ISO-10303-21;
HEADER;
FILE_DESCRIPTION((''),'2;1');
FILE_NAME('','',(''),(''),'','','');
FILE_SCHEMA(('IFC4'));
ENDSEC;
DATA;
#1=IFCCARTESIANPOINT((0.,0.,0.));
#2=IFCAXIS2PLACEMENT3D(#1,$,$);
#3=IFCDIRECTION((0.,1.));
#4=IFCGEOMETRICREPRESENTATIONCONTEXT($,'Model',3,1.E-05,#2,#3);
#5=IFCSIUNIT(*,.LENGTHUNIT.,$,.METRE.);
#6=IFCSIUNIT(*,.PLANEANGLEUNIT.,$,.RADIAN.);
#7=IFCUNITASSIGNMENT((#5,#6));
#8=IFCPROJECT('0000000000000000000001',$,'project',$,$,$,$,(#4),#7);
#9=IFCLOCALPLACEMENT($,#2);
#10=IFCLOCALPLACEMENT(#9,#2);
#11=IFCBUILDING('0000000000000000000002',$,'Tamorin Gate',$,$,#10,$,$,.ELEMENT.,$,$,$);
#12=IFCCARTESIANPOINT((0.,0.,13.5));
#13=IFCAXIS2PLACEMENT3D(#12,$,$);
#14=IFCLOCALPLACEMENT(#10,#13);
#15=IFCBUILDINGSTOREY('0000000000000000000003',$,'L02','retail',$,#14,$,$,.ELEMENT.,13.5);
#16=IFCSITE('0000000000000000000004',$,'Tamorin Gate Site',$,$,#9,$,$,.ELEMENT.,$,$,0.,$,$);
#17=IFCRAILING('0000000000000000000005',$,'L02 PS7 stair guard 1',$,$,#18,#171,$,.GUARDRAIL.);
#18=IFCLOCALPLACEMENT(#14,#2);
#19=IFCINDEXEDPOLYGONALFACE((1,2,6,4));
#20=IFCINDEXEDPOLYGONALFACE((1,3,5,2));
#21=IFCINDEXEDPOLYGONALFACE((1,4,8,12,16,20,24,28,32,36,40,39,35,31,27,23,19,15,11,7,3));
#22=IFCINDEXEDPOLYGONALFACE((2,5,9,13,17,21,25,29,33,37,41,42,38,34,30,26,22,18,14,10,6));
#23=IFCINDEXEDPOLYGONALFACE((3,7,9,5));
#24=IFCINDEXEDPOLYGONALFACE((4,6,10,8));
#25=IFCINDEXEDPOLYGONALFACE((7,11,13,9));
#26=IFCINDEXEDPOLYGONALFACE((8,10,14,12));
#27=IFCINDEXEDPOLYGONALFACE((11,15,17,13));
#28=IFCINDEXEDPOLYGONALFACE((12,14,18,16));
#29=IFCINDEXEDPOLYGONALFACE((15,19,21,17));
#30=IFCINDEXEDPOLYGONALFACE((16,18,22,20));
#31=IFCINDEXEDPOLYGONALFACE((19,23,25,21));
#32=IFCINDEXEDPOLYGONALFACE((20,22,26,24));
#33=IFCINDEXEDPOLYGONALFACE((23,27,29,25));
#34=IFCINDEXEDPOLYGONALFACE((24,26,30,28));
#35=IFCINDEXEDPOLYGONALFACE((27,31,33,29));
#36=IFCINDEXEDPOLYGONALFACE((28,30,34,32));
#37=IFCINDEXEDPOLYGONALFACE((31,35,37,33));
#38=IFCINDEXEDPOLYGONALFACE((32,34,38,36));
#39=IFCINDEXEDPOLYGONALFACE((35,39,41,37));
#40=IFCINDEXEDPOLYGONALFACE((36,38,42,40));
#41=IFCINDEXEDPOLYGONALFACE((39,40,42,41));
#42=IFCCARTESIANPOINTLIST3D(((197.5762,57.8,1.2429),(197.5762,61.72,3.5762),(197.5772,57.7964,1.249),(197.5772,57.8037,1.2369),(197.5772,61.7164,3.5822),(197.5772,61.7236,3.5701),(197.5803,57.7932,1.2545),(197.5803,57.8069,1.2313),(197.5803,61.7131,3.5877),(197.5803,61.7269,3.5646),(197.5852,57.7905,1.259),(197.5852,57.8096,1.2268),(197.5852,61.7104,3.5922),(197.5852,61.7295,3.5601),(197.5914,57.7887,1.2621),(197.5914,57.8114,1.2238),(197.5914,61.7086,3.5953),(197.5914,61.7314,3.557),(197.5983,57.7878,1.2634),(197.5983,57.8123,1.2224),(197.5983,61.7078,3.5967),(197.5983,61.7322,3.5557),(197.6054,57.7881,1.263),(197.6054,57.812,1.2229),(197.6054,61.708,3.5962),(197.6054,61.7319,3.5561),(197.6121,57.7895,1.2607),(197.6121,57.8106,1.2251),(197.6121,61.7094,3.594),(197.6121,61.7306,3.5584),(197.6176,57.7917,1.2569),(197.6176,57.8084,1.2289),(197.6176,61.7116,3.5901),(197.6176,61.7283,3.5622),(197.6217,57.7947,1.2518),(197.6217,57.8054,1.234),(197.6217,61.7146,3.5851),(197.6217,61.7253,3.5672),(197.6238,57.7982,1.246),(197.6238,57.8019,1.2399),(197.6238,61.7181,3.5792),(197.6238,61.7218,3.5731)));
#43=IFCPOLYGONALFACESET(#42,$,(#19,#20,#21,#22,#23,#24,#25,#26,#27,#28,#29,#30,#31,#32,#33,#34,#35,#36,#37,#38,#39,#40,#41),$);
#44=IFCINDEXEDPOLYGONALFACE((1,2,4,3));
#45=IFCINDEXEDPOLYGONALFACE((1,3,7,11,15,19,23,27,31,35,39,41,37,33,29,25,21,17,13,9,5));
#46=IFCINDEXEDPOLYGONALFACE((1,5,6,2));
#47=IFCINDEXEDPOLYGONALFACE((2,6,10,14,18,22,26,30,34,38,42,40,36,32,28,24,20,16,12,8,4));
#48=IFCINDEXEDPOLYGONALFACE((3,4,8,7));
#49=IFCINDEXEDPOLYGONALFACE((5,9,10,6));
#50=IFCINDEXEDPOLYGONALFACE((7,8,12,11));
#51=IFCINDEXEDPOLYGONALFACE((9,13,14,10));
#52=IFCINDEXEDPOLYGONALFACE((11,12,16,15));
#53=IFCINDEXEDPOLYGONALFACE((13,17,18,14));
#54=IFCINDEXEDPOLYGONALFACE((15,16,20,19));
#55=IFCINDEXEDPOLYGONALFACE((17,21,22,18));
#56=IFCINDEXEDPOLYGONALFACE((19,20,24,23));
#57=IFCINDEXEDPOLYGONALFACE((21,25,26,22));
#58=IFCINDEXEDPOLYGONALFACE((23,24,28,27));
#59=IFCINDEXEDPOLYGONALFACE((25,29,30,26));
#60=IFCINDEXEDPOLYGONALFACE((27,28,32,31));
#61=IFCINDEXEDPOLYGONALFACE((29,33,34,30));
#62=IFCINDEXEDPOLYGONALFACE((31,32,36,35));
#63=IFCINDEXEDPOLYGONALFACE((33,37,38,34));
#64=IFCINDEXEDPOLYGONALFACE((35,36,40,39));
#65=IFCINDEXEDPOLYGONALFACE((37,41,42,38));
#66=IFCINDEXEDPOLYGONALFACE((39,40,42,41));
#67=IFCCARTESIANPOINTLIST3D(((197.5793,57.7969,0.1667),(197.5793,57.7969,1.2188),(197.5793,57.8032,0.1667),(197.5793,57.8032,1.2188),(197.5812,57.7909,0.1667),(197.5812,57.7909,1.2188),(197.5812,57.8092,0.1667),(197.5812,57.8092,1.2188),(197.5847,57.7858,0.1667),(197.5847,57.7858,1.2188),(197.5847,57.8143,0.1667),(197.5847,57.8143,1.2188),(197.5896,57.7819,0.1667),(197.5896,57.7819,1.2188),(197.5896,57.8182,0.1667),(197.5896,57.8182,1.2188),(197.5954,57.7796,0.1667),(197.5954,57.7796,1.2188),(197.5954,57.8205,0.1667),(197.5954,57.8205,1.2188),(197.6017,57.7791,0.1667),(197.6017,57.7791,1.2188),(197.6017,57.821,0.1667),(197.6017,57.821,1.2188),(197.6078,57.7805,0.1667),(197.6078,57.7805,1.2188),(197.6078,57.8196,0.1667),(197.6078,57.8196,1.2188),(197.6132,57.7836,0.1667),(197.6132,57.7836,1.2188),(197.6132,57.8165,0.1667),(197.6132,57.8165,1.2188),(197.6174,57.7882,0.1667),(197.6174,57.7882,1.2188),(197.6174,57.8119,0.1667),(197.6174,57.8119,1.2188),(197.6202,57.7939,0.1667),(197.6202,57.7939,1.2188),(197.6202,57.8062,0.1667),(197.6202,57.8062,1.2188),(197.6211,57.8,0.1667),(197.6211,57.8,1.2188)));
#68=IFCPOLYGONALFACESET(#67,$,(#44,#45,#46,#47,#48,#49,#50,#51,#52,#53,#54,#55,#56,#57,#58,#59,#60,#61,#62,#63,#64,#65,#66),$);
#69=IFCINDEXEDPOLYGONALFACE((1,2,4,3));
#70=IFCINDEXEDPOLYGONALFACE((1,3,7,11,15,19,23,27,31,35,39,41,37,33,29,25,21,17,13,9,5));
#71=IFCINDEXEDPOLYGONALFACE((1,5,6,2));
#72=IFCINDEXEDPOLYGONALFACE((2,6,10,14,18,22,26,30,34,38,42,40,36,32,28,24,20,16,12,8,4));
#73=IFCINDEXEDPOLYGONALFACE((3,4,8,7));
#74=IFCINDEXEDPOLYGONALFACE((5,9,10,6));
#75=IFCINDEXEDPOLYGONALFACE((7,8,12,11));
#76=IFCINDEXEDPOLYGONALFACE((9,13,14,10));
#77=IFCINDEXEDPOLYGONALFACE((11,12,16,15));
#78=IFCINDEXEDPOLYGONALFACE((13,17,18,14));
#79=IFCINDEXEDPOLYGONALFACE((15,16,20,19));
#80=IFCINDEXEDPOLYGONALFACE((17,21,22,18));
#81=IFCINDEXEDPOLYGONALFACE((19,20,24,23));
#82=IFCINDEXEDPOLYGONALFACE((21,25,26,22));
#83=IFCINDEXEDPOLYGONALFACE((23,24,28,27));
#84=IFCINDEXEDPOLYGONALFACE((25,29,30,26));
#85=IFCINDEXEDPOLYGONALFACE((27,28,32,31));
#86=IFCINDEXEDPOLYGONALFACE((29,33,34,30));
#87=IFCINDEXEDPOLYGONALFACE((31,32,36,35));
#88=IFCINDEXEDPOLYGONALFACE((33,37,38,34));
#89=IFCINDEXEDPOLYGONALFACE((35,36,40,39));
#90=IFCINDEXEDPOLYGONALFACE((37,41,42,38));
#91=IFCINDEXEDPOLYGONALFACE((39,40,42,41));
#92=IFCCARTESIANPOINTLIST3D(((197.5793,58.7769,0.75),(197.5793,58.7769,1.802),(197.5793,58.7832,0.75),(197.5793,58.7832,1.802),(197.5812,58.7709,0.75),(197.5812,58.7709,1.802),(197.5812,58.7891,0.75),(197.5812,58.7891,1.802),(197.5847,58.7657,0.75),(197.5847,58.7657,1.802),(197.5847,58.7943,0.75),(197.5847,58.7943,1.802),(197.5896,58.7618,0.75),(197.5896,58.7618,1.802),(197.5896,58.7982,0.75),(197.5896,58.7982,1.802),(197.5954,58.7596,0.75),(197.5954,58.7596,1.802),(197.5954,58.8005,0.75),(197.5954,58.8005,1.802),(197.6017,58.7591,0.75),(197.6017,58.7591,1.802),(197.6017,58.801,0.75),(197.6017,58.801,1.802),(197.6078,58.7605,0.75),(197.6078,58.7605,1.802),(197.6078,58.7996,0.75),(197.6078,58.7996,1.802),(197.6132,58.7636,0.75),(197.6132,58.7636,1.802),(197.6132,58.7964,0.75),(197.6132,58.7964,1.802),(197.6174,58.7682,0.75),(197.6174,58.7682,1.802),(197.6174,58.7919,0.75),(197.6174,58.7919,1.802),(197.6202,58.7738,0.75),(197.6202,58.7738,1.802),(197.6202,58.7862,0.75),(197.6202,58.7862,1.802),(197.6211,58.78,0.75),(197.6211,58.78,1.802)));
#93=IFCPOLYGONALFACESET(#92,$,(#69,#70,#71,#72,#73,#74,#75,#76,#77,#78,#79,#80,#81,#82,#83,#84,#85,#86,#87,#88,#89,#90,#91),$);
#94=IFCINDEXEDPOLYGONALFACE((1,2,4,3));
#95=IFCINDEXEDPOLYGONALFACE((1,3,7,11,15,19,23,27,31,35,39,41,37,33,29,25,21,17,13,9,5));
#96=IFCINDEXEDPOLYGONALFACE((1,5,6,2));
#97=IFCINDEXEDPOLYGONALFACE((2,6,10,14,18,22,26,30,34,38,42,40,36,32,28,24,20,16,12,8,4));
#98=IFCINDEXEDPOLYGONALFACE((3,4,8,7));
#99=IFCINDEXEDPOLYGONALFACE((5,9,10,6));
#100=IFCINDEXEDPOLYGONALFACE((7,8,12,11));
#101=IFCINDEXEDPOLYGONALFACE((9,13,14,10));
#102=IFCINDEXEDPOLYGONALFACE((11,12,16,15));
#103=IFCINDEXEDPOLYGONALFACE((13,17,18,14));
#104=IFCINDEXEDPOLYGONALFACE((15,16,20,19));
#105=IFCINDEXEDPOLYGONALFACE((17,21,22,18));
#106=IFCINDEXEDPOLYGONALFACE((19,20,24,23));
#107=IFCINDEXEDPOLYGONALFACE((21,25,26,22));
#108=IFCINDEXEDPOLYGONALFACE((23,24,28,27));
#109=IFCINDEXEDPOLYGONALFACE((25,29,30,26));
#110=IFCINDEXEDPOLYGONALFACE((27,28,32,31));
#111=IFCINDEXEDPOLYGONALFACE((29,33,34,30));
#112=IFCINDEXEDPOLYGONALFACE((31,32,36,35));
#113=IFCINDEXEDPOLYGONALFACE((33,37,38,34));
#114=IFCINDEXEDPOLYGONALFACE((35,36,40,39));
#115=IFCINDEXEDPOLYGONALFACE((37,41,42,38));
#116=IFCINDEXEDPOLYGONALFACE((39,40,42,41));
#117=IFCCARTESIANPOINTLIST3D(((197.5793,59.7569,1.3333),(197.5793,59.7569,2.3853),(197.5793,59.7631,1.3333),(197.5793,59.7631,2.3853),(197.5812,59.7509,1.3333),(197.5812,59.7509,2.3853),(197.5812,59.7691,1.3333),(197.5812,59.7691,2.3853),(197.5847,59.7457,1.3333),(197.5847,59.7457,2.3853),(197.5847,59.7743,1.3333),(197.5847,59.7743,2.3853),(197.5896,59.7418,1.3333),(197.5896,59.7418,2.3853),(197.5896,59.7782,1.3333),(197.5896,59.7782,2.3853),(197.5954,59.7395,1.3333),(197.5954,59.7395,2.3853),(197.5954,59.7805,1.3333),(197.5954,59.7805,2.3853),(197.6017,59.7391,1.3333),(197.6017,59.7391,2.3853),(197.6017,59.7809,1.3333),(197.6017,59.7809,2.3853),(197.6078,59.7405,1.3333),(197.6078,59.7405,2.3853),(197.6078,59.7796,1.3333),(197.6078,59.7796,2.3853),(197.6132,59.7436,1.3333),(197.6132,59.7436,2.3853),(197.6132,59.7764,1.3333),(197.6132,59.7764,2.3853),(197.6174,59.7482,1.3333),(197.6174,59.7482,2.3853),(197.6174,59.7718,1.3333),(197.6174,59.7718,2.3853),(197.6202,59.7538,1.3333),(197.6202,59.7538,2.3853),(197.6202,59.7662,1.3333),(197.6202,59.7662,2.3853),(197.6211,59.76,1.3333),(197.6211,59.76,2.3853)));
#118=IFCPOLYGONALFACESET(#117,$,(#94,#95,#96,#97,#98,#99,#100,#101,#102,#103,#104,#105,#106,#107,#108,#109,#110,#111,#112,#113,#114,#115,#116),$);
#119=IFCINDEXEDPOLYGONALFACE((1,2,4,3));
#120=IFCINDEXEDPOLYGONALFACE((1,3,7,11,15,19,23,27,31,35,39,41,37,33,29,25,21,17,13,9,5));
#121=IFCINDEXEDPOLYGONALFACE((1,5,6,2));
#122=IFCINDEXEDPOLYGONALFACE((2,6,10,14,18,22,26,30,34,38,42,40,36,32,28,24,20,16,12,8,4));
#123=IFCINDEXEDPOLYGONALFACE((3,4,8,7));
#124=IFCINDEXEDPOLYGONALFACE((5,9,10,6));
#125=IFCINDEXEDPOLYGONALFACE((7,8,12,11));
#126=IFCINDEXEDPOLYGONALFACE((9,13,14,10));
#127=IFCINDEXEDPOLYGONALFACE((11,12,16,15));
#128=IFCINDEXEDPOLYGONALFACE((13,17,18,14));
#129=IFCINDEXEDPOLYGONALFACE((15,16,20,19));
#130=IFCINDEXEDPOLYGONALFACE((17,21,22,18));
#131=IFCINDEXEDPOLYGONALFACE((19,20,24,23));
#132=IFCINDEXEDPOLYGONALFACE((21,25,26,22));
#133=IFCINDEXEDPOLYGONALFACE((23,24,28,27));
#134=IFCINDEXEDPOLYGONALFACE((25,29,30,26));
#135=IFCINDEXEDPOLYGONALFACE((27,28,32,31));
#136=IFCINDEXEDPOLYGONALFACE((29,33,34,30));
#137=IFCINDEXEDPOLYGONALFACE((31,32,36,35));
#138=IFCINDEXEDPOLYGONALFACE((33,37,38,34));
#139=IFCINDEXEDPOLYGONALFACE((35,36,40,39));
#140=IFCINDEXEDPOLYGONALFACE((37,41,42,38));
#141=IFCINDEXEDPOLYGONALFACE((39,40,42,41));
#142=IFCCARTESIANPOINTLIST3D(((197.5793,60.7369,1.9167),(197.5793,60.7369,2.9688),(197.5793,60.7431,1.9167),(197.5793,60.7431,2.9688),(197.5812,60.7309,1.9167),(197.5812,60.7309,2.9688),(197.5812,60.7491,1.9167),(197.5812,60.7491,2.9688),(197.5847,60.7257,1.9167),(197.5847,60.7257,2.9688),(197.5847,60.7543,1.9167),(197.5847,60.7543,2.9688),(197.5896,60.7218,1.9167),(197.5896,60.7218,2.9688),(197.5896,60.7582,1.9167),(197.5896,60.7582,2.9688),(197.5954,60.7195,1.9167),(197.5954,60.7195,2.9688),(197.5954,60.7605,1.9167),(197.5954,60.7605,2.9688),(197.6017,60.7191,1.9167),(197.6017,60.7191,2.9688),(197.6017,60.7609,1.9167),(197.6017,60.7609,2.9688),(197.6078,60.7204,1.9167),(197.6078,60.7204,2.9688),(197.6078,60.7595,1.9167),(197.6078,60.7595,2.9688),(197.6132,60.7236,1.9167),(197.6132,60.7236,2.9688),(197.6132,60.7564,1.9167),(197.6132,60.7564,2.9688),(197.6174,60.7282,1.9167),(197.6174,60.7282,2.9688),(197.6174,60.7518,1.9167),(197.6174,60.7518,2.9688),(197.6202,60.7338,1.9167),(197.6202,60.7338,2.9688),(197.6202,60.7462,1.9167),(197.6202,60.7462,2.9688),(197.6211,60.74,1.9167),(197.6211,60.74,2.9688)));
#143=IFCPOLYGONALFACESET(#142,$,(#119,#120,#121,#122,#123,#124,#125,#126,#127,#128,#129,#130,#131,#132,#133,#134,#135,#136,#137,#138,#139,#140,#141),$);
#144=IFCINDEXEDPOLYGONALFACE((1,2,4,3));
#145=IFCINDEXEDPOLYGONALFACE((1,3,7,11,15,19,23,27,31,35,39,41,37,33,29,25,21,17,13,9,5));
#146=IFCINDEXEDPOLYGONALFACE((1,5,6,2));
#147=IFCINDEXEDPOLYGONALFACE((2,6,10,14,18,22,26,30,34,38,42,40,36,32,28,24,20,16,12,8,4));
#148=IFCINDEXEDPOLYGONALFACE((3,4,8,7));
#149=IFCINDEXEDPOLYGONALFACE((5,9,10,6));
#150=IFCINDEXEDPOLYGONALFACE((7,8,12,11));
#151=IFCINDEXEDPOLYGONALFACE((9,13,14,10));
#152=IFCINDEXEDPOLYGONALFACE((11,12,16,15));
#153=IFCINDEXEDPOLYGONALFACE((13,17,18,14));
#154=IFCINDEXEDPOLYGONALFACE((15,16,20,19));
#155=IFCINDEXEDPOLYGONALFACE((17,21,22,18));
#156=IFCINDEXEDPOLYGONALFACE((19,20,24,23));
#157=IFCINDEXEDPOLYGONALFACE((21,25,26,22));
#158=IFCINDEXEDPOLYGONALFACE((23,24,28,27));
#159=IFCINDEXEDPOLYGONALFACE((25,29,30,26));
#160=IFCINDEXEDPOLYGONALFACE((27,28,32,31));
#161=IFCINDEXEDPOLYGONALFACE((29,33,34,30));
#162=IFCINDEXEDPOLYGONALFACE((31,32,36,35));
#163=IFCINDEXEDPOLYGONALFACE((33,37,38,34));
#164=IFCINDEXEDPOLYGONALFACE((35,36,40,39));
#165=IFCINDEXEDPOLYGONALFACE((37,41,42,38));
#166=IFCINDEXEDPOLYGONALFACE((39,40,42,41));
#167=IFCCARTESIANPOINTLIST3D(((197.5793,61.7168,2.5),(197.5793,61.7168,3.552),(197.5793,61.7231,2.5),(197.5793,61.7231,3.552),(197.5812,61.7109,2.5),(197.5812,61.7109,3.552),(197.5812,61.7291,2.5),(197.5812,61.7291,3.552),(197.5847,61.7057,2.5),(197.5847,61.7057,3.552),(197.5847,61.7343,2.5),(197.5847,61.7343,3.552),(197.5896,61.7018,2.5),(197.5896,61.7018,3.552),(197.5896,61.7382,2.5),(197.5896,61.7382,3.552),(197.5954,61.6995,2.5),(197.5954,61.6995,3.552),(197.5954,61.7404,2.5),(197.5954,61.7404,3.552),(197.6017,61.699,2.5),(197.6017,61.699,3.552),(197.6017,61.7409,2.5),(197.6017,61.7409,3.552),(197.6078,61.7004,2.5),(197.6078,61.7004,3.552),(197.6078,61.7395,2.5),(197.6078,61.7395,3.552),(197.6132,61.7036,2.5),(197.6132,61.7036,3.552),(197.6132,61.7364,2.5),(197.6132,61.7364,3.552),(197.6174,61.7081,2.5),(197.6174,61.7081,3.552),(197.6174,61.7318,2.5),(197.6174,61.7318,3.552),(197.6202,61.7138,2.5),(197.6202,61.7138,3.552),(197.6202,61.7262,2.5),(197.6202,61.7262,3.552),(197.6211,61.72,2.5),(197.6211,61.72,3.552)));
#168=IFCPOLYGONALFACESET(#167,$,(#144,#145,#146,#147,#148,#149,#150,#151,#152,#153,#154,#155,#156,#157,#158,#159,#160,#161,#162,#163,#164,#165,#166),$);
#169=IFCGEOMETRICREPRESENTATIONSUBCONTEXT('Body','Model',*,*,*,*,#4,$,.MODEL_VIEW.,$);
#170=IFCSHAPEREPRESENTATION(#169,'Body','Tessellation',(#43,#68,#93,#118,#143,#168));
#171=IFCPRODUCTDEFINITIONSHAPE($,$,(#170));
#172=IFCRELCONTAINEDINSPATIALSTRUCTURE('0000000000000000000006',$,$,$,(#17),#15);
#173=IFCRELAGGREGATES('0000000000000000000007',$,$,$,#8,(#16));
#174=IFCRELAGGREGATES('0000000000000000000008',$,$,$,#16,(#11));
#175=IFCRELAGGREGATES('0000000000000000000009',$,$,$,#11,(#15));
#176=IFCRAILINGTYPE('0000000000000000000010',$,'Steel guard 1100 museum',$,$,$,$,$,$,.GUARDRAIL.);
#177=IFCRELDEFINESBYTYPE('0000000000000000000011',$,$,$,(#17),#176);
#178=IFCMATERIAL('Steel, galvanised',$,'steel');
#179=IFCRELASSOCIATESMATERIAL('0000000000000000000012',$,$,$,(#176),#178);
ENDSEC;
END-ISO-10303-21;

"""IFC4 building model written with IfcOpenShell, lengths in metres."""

from ifc_helpers import new_model, si_unit, direction, frame, origin, origin_2d, place, context, subcontext, project, spatial, circle, extrude, material, type_object, element, save


model = new_model("IFC4")

# Units and contexts
model_context = context("Model", 3, precision=1e-05, world=origin(), true_north=direction((0.0, 1.0)))
body_context = subcontext(model_context, "Body", "Model", "MODEL_VIEW")
ifc_project = project(units=[si_unit("LENGTHUNIT", "METRE"), si_unit("PLANEANGLEUNIT", "RADIAN")], contexts=[model_context])

# Site, building, storey
site_placement = place(None, origin())
site = spatial("IfcSite", under=ifc_project, at=site_placement, Name="Tamorin Gate Site", CompositionType="ELEMENT", RefElevation=0.0)
building_placement = place(site_placement, origin())
building = spatial("IfcBuilding", under=site, at=building_placement, Name="Tamorin Gate", CompositionType="ELEMENT")
storey_placement = place(building_placement, frame((0.0, 0.0, 13.5)))
storey = spatial("IfcBuildingStorey", under=building, at=storey_placement, Name="L02", Description="retail", CompositionType="ELEMENT", Elevation=13.5)

# Railing
ifc_material_1 = material(Name="Steel, galvanised", Category="steel")
railing_type_1 = type_object("IfcRailingType", Name="Steel guard 1100 museum", PredefinedType="GUARDRAIL", material=ifc_material_1)
railing_1_placement = place(storey_placement, frame((197.6001, 57.8, 0.1667)))
element("IfcRailing", 1, at=railing_1_placement, inside=storey, type_object=railing_type_1, Name="L02 PS7 stair guard 1", PredefinedType="GUARDRAIL", context=body_context, shape_type="SweptSolid", body=[
    extrude(circle(Radius=0.0239, at=origin_2d()), frame((0.0, 0.0, 1.0762), z_axis=(0.0, 0.859296, 0.511478), x_axis=(-1.0, 0.0, 0.0)), (0.0, 0.0, 1.0), 4.5618),
    extrude(circle(Radius=0.021, at=origin_2d()), origin(), (0.0, 0.0, 1.0), 1.052),
    extrude(circle(Radius=0.021, at=origin_2d()), frame((0.0, 0.98, 0.5833)), (0.0, 0.0, 1.0), 1.052),
    extrude(circle(Radius=0.021, at=origin_2d()), frame((0.0, 1.96, 1.1665)), (0.0, 0.0, 1.0), 1.052),
    extrude(circle(Radius=0.021, at=origin_2d()), frame((0.0, 2.9399, 1.75)), (0.0, 0.0, 1.0), 1.052),
    extrude(circle(Radius=0.021, at=origin_2d()), frame((0.0, 3.9199, 2.3333)), (0.0, 0.0, 1.0), 1.052),
])

save(model, "model.ifc")
